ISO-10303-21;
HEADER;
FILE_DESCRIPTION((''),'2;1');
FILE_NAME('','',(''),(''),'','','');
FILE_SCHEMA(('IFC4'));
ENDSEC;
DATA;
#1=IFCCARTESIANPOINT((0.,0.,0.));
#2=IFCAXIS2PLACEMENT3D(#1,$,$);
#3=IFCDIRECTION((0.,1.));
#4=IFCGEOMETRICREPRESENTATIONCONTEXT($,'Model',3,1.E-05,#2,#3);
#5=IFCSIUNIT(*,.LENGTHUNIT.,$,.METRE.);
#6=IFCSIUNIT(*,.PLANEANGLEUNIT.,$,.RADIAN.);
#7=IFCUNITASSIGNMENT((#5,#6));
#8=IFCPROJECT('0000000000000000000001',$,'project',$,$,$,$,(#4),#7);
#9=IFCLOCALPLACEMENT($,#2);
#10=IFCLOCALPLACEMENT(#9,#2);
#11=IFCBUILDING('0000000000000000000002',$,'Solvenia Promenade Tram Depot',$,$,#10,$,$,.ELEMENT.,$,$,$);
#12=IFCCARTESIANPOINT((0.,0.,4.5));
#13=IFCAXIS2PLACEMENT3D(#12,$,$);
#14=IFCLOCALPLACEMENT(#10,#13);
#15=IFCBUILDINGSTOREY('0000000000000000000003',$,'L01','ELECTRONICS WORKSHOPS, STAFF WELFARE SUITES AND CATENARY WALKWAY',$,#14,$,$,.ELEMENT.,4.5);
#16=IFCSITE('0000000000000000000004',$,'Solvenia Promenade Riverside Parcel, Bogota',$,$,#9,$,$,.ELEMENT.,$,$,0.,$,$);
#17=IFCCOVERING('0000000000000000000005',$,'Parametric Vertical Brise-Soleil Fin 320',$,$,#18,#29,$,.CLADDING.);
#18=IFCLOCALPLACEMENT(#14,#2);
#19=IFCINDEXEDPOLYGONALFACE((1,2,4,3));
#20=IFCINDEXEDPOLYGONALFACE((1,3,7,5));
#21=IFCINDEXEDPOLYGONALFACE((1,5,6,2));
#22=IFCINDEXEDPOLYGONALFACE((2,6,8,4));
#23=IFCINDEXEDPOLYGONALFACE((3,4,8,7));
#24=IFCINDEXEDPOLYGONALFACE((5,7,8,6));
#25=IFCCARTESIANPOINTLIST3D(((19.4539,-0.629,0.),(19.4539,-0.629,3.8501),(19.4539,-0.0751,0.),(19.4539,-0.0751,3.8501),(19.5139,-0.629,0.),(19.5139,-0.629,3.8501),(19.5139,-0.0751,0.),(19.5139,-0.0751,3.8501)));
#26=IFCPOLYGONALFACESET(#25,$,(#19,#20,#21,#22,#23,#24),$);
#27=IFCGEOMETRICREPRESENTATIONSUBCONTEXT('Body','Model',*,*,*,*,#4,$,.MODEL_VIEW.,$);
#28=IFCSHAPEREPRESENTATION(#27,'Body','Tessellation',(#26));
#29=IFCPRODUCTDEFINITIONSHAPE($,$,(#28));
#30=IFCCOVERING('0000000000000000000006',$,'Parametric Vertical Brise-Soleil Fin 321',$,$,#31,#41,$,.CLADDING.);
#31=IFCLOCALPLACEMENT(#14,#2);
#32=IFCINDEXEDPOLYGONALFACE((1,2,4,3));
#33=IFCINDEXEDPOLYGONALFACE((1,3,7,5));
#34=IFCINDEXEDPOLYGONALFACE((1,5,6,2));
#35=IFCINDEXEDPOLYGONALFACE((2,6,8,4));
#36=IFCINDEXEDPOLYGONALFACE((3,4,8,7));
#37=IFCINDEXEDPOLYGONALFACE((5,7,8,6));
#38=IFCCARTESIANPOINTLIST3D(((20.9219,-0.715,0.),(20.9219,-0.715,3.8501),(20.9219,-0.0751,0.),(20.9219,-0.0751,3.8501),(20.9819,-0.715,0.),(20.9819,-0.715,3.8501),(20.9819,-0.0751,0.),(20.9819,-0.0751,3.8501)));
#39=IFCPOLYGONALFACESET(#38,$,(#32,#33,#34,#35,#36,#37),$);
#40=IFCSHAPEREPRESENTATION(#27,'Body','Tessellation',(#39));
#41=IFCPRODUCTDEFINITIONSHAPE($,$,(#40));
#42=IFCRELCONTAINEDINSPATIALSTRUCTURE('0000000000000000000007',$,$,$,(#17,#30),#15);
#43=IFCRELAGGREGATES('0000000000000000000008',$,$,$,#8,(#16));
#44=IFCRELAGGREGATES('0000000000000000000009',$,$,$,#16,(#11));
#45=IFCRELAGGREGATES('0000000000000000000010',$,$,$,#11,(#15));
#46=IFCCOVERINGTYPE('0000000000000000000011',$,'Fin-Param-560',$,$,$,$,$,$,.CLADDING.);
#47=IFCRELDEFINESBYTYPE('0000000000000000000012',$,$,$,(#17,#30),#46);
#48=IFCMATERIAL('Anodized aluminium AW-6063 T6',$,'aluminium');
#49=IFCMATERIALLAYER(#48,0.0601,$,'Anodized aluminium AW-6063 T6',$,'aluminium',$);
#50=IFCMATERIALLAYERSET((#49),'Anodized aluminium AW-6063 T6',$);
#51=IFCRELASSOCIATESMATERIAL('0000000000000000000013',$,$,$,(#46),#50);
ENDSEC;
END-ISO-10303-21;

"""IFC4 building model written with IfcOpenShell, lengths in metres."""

from ifc_helpers import new_model, si_unit, direction, frame, origin, origin_2d, place, context, subcontext, project, spatial, rectangle, extrude, material, layer, layer_set, type_object, element, save


model = new_model("IFC4")

# Units and contexts
model_context = context("Model", 3, precision=1e-05, world=origin(), true_north=direction((0.0, 1.0)))
body_context = subcontext(model_context, "Body", "Model", "MODEL_VIEW")
ifc_project = project(units=[si_unit("LENGTHUNIT", "METRE"), si_unit("PLANEANGLEUNIT", "RADIAN")], contexts=[model_context])

# Site, building, storey
site_placement = place(None, origin())
site = spatial("IfcSite", under=ifc_project, at=site_placement, Name="Solvenia Promenade Riverside Parcel, Bogota", CompositionType="ELEMENT", RefElevation=0.0)
building_placement = place(site_placement, origin())
building = spatial("IfcBuilding", under=site, at=building_placement, Name="Solvenia Promenade Tram Depot", CompositionType="ELEMENT")
storey_placement = place(building_placement, frame((0.0, 0.0, 4.5)))
storey = spatial("IfcBuildingStorey", under=building, at=storey_placement, Name="L01", Description="ELECTRONICS WORKSHOPS, STAFF WELFARE SUITES AND CATENARY WALKWAY", CompositionType="ELEMENT", Elevation=4.5)

# Shared definitions
ifc_material_1 = material(Name="Anodized aluminium AW-6063 T6", Category="aluminium")

# Coverings
ifc_layer_1 = layer(ifc_material_1, 0.0601, Name="Anodized aluminium AW-6063 T6", Category="aluminium")
ifc_layer_set_1 = layer_set([ifc_layer_1], Name="Anodized aluminium AW-6063 T6")
covering_type = type_object("IfcCoveringType", Name="Fin-Param-560", PredefinedType="CLADDING", material=ifc_layer_set_1)
covering_1_placement = place(storey_placement, frame((19.4839, -0.3521, 0.0), z_axis=(0.0, 0.0, 1.0), x_axis=(1.0, 0.0, 0.0)))
element("IfcCovering", 1, at=covering_1_placement, inside=storey, type_object=covering_type, Name="Parametric Vertical Brise-Soleil Fin 320", PredefinedType="CLADDING", context=body_context, shape_type="SweptSolid", body=[
    extrude(rectangle(XDim=0.0601, YDim=0.554, at=origin_2d()), origin(), (0.0, 0.0, 1.0), 3.8501),
])
covering_2_placement = place(storey_placement, frame((20.9519, -0.395, 0.0), z_axis=(0.0, 0.0, 1.0), x_axis=(1.0, 0.0, 0.0)))
element("IfcCovering", 2, at=covering_2_placement, inside=storey, type_object=covering_type, Name="Parametric Vertical Brise-Soleil Fin 321", PredefinedType="CLADDING", context=body_context, shape_type="SweptSolid", body=[
    extrude(rectangle(XDim=0.0601, YDim=0.6399, at=origin_2d()), origin(), (0.0, 0.0, 1.0), 3.8501),
])

save(model, "model.ifc")
